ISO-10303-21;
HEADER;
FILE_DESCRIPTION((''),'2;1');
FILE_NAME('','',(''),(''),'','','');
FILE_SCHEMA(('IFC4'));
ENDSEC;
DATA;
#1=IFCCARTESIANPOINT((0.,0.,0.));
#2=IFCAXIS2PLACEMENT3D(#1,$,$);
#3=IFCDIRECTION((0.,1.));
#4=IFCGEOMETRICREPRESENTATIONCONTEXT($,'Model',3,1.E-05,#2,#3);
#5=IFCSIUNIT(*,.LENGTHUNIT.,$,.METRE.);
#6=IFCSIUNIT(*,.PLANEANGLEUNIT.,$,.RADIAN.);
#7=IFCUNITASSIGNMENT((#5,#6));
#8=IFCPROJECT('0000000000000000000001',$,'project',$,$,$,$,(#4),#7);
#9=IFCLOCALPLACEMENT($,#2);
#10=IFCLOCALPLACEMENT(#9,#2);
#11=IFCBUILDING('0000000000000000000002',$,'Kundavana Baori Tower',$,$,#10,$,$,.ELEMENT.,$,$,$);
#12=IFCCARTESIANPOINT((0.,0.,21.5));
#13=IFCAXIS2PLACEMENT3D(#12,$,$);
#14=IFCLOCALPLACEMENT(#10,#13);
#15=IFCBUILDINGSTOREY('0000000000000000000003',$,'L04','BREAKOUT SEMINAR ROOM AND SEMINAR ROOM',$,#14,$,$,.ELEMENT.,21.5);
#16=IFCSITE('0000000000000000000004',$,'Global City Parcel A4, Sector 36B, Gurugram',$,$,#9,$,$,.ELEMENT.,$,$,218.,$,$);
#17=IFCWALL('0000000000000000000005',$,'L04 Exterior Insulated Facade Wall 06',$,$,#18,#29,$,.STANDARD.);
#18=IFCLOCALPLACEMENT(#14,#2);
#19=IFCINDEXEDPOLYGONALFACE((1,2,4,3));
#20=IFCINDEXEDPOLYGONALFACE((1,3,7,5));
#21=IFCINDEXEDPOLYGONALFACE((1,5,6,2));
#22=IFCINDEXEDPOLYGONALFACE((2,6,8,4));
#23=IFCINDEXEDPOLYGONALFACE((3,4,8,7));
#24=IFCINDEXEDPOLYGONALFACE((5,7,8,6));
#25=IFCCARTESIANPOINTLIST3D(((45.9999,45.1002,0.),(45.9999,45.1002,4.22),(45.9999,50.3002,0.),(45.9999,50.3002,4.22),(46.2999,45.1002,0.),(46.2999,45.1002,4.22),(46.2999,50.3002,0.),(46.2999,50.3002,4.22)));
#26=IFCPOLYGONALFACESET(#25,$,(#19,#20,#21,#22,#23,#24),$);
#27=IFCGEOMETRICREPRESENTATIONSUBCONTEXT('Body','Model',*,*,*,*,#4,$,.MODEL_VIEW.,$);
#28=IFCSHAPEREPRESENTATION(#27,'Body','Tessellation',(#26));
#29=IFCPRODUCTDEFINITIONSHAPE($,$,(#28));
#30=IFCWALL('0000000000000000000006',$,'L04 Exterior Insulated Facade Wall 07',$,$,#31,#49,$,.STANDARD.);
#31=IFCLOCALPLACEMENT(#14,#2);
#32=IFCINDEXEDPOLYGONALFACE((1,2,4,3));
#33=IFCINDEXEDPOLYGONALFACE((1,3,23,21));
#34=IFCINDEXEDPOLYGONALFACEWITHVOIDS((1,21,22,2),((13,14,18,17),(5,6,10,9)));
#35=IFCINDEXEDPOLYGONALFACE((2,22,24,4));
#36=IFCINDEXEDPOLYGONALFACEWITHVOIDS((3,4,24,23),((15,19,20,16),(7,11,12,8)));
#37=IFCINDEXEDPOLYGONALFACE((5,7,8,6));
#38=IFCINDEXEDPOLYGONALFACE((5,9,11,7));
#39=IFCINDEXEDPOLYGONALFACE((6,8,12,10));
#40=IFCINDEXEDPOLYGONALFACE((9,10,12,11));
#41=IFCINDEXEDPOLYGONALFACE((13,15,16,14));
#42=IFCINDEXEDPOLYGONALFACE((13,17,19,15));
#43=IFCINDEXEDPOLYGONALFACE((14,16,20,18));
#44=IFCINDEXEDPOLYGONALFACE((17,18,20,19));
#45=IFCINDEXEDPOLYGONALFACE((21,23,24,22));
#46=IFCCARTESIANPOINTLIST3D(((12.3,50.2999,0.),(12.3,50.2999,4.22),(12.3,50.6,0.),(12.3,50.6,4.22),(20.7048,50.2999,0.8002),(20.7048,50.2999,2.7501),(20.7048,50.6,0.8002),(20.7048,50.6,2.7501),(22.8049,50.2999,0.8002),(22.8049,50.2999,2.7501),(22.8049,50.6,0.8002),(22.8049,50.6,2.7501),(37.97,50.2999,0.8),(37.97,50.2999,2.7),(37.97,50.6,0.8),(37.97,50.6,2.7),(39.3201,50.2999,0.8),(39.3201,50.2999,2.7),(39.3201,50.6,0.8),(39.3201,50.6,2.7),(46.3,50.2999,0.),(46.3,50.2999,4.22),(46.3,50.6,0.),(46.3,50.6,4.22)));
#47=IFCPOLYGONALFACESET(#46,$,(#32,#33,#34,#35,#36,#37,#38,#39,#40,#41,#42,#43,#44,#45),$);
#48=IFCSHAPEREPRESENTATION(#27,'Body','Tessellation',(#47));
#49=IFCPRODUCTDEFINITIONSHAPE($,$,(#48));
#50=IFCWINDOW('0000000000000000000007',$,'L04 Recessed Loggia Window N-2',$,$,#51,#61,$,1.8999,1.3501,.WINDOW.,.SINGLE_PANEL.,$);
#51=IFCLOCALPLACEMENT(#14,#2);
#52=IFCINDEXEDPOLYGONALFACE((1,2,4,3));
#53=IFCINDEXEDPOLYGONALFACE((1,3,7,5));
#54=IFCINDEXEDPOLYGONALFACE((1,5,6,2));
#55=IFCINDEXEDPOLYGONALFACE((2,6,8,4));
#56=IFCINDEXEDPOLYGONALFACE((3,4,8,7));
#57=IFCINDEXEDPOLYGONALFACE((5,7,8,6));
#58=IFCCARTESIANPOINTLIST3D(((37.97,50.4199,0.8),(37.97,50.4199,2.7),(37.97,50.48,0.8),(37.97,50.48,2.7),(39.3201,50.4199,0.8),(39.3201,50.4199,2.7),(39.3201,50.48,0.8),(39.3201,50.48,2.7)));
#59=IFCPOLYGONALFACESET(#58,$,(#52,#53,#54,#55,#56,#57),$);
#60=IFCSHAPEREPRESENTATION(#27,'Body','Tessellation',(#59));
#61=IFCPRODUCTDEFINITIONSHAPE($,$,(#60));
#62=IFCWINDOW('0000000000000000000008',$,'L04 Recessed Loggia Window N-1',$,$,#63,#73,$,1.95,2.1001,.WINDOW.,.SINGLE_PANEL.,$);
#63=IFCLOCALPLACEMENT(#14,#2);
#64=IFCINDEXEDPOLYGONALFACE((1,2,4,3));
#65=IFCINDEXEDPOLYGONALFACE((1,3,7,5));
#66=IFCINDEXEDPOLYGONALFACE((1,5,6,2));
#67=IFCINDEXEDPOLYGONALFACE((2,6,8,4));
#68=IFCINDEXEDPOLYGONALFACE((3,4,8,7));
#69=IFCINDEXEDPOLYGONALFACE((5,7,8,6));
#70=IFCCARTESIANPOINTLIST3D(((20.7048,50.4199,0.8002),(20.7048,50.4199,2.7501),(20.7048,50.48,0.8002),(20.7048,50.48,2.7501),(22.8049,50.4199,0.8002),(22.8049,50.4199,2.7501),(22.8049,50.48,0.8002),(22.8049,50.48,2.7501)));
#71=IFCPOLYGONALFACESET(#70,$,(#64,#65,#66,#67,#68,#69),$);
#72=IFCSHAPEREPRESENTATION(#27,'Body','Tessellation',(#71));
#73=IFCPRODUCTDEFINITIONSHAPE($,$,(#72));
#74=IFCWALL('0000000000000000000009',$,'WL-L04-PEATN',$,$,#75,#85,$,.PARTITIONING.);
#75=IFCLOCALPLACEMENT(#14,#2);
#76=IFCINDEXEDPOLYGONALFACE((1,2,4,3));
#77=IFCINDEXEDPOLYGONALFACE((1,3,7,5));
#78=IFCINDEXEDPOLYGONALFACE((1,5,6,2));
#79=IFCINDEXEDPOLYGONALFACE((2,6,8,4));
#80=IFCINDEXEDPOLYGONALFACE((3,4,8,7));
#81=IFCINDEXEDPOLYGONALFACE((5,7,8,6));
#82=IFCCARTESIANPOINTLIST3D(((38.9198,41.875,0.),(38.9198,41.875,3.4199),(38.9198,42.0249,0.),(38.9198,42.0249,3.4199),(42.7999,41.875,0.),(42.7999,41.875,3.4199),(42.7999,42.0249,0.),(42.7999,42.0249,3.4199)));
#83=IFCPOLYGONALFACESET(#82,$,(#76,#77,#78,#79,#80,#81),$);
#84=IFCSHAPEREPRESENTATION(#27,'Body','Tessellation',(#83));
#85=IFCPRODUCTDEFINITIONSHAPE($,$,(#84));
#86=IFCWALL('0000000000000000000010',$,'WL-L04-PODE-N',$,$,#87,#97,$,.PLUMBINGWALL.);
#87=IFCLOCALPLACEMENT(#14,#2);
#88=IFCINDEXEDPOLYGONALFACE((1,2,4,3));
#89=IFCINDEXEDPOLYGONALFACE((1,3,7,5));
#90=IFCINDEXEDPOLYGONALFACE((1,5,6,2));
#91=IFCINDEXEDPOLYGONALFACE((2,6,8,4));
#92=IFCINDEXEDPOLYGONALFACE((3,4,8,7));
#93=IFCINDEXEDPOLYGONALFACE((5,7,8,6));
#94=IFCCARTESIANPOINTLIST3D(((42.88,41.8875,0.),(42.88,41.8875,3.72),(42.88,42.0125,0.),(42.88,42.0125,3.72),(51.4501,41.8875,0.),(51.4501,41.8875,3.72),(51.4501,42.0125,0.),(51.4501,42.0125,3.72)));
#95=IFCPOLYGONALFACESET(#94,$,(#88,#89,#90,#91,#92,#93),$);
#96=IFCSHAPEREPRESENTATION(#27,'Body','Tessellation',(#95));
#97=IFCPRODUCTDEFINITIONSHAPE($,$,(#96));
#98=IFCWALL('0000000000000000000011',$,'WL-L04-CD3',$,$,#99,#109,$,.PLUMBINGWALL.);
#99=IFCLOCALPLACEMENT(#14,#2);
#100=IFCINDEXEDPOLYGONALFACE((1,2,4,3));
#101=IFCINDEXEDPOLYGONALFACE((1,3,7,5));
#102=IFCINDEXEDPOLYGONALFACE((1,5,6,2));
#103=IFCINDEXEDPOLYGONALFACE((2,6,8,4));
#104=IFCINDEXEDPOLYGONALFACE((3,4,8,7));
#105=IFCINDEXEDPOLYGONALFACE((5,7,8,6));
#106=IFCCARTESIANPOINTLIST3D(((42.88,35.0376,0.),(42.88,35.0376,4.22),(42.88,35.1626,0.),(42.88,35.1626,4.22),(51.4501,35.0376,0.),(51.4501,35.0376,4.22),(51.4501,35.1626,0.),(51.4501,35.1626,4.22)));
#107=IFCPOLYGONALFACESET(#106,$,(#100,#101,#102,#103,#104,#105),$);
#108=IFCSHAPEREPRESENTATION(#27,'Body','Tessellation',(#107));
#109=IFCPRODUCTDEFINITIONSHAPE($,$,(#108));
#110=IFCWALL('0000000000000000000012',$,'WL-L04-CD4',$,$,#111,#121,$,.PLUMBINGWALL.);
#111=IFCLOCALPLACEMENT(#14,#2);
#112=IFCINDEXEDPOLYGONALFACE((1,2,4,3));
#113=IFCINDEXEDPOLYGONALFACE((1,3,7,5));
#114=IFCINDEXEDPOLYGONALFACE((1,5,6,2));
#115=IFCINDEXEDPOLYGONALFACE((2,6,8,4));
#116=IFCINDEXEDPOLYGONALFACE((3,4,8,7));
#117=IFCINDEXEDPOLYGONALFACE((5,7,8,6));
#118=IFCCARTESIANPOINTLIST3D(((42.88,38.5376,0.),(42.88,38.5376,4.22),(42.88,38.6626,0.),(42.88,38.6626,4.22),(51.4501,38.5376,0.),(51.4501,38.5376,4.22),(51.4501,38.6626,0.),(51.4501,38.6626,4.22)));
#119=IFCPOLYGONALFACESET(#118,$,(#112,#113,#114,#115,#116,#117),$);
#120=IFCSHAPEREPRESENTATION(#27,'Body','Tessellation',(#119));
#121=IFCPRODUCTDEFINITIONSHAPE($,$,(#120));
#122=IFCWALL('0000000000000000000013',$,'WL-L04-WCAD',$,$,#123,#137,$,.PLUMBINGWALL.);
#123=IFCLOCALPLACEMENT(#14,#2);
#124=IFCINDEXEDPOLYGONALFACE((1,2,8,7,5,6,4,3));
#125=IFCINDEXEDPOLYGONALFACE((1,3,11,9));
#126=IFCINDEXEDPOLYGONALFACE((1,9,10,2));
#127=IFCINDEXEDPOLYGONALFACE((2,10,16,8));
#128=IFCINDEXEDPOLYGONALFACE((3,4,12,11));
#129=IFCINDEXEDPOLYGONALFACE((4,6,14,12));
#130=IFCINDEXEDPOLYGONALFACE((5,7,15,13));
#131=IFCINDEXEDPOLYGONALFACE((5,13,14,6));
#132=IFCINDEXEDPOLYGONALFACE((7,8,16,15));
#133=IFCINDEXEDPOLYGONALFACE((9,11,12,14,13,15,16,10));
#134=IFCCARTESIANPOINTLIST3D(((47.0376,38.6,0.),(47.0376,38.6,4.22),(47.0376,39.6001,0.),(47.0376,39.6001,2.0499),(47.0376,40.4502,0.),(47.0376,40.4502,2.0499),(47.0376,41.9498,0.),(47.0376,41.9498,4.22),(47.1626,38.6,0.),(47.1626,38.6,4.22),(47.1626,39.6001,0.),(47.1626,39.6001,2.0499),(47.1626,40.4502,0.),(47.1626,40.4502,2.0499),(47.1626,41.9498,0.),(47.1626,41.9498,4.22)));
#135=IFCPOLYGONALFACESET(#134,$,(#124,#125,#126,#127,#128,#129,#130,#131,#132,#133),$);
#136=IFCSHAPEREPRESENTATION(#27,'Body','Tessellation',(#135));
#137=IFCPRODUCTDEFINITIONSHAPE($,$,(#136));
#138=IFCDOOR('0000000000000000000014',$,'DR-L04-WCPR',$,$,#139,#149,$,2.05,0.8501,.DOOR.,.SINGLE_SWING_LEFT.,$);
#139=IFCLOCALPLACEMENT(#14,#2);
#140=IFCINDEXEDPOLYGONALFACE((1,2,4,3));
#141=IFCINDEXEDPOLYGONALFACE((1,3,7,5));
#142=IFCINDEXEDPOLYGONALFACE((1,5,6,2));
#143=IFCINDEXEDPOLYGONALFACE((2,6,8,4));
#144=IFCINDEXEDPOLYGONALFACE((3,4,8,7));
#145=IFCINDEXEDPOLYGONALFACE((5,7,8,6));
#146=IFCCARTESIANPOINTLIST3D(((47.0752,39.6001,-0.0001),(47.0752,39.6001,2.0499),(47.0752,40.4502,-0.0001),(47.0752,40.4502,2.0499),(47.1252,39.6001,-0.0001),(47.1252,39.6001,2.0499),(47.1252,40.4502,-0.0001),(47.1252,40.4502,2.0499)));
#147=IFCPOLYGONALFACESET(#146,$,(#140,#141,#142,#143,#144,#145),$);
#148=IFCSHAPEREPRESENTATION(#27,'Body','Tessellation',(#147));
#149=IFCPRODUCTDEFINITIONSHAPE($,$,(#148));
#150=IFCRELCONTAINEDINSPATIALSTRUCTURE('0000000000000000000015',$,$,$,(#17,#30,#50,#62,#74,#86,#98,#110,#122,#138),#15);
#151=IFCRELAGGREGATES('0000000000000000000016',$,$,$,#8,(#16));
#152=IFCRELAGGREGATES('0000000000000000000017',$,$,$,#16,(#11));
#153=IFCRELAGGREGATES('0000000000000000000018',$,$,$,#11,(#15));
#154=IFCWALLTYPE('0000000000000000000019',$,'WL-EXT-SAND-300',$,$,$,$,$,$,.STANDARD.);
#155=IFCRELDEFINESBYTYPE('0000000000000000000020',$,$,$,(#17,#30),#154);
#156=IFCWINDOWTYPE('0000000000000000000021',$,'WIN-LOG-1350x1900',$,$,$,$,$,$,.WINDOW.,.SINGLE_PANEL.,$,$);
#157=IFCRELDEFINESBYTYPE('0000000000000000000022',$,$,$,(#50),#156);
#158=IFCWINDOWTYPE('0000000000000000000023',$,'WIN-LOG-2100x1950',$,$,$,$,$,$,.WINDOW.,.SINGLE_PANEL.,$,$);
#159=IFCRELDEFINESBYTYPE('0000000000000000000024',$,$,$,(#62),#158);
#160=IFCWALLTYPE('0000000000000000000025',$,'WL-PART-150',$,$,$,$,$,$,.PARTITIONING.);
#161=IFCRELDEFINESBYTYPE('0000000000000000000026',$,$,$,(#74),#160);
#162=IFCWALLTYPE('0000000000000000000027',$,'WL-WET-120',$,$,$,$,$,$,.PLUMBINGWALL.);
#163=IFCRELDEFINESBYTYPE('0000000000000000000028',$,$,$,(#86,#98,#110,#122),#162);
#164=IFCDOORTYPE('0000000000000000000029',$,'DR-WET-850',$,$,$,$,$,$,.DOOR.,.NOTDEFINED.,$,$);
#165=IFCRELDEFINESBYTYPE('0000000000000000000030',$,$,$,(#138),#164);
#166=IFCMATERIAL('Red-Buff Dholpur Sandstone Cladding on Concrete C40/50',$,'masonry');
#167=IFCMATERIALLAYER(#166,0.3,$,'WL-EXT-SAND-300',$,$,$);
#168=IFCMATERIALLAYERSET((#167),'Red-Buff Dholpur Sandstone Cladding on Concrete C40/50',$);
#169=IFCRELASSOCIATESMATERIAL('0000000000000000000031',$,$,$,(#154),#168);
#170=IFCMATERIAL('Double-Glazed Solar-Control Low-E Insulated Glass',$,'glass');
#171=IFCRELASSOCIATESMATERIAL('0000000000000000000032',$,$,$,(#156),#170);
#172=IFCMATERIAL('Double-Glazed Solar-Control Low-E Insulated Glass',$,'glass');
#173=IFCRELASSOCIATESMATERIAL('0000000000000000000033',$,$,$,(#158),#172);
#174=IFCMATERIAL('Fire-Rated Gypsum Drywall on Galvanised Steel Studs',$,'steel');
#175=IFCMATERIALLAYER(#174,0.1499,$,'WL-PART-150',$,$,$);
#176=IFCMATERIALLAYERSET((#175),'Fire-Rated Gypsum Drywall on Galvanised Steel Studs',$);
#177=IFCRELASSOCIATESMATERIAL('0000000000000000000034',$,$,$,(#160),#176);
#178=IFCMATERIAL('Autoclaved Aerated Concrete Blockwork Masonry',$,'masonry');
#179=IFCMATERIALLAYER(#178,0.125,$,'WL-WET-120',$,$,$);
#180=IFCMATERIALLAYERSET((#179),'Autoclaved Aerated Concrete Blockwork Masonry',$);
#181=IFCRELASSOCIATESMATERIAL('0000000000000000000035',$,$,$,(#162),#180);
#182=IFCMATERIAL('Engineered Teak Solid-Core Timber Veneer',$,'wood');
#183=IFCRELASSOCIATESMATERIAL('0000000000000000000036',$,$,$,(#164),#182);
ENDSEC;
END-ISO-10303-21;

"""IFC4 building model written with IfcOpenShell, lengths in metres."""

from ifc_helpers import new_model, si_unit, direction, frame, frame_2d, origin, place, context, subcontext, project, spatial, rectangle, extrude, material, layer, layer_set, type_object, element, fill, save


model = new_model("IFC4")

# Units and contexts
model_context = context("Model", 3, precision=1e-05, world=origin(), true_north=direction((0.0, 1.0)))
body_context = subcontext(model_context, "Body", "Model", "MODEL_VIEW")
ifc_project = project(units=[si_unit("LENGTHUNIT", "METRE"), si_unit("PLANEANGLEUNIT", "RADIAN")], contexts=[model_context])

# Site, building, storey
site_placement = place(None, origin())
site = spatial("IfcSite", under=ifc_project, at=site_placement, Name="Global City Parcel A4, Sector 36B, Gurugram", CompositionType="ELEMENT", RefElevation=218.0)
building_placement = place(site_placement, origin())
building = spatial("IfcBuilding", under=site, at=building_placement, Name="Kundavana Baori Tower", CompositionType="ELEMENT")
storey_placement = place(building_placement, frame((0.0, 0.0, 21.5)))
storey = spatial("IfcBuildingStorey", under=building, at=storey_placement, Name="L04", Description="BREAKOUT SEMINAR ROOM AND SEMINAR ROOM", CompositionType="ELEMENT", Elevation=21.5)

# Wall
ifc_material_1 = material(Name="Red-Buff Dholpur Sandstone Cladding on Concrete C40/50", Category="masonry")
ifc_layer_1 = layer(ifc_material_1, 0.3, Name="WL-EXT-SAND-300")
ifc_layer_set_1 = layer_set([ifc_layer_1], Name="Red-Buff Dholpur Sandstone Cladding on Concrete C40/50")
wall_type_1 = type_object("IfcWallType", Name="WL-EXT-SAND-300", PredefinedType="STANDARD", material=ifc_layer_set_1)
wall_1_placement = place(storey_placement, frame((46.1499, 45.1001, 0.0), z_axis=(0.0, 0.0, 1.0), x_axis=(0.0, 1.0, 0.0)))
element("IfcWall", 1, at=wall_1_placement, inside=storey, type_object=wall_type_1, Name="L04 Exterior Insulated Facade Wall 06", PredefinedType="STANDARD", context=body_context, shape_type="SweptSolid", body=[
    extrude(rectangle(XDim=5.2, YDim=0.3, at=frame_2d((2.6001, 0.0))), origin(), (0.0, 0.0, 1.0), 4.22),
])

# Wall, openings, windows
wall_2_placement = place(storey_placement, frame((46.3, 50.45, 0.0), z_axis=(0.0, 0.0, 1.0), x_axis=(-1.0, 0.0, 0.0)))
wall_2 = element("IfcWall", 2, at=wall_2_placement, inside=storey, type_object=wall_type_1, Name="L04 Exterior Insulated Facade Wall 07", PredefinedType="STANDARD", context=body_context, shape_type="SweptSolid", body=[
    extrude(rectangle(XDim=34.0, YDim=0.3, at=frame_2d((17.0, 0.0))), origin(), (0.0, 0.0, 1.0), 4.22),
])
opening_1_placement = place(wall_2_placement, frame((23.4951, 0.0, 0.8)))
opening_1 = element("IfcOpeningElement", 3, at=opening_1_placement, cuts=wall_2, PredefinedType="OPENING", context=body_context, shape_type="SweptSolid", body=[
    extrude(rectangle(XDim=2.1001, YDim=1.95, at=frame_2d((1.05, 0.9751))), frame((0.0, 0.1602, 0.0), z_axis=(0.0, -1.0, 0.0), x_axis=(1.0, 0.0, 0.0)), (0.0, 0.0, 1.0), 0.3201),
])
opening_2_placement = place(wall_2_placement, frame((6.98, 0.0, 0.8)))
opening_2 = element("IfcOpeningElement", 4, at=opening_2_placement, cuts=wall_2, PredefinedType="OPENING", context=body_context, shape_type="SweptSolid", body=[
    extrude(rectangle(XDim=1.3501, YDim=1.8999, at=frame_2d((0.675, 0.95))), frame((0.0, 0.1602, 0.0), z_axis=(0.0, -1.0, 0.0), x_axis=(1.0, 0.0, 0.0)), (0.0, 0.0, 1.0), 0.3201),
])
ifc_material_2 = material(Name="Double-Glazed Solar-Control Low-E Insulated Glass", Category="glass")
window_type_1 = type_object("IfcWindowType", Name="WIN-LOG-1350x1900", PartitioningType="SINGLE_PANEL", PredefinedType="WINDOW", material=ifc_material_2)
window_1_placement = place(opening_2_placement, origin())
window_1 = element("IfcWindow", 5, at=window_1_placement, inside=storey, type_object=window_type_1, Name="L04 Recessed Loggia Window N-2", OverallHeight=1.8999, OverallWidth=1.3501, PartitioningType="SINGLE_PANEL", PredefinedType="WINDOW", context=body_context, shape_type="SweptSolid", body=[
    extrude(rectangle(XDim=1.3501, YDim=1.8999, at=frame_2d((0.675, 0.95))), frame((0.0, 0.03, 0.0), z_axis=(0.0, -1.0, 0.0), x_axis=(1.0, 0.0, 0.0)), (0.0, 0.0, 1.0), 0.0601),
])
fill(opening_2, window_1)
ifc_material_3 = material(Name="Double-Glazed Solar-Control Low-E Insulated Glass", Category="glass")
window_type_2 = type_object("IfcWindowType", Name="WIN-LOG-2100x1950", PartitioningType="SINGLE_PANEL", PredefinedType="WINDOW", material=ifc_material_3)
window_2_placement = place(opening_1_placement, origin())
window_2 = element("IfcWindow", 6, at=window_2_placement, inside=storey, type_object=window_type_2, Name="L04 Recessed Loggia Window N-1", OverallHeight=1.95, OverallWidth=2.1001, PartitioningType="SINGLE_PANEL", PredefinedType="WINDOW", context=body_context, shape_type="SweptSolid", body=[
    extrude(rectangle(XDim=2.1001, YDim=1.95, at=frame_2d((1.05, 0.9751))), frame((0.0, 0.03, 0.0), z_axis=(0.0, -1.0, 0.0), x_axis=(1.0, 0.0, 0.0)), (0.0, 0.0, 1.0), 0.0601),
])
fill(opening_1, window_2)

# Walls
ifc_material_4 = material(Name="Fire-Rated Gypsum Drywall on Galvanised Steel Studs", Category="steel")
ifc_layer_2 = layer(ifc_material_4, 0.1499, Name="WL-PART-150")
ifc_layer_set_2 = layer_set([ifc_layer_2], Name="Fire-Rated Gypsum Drywall on Galvanised Steel Studs")
wall_type_2 = type_object("IfcWallType", Name="WL-PART-150", PredefinedType="PARTITIONING", material=ifc_layer_set_2)
wall_3_placement = place(storey_placement, frame((38.9199, 41.95, 0.0), z_axis=(0.0, 0.0, 1.0), x_axis=(1.0, 0.0, 0.0)))
element("IfcWall", 7, at=wall_3_placement, inside=storey, type_object=wall_type_2, Name="WL-L04-PEATN", PredefinedType="PARTITIONING", context=body_context, shape_type="SweptSolid", body=[
    extrude(rectangle(XDim=3.8801, YDim=0.1499, at=frame_2d((1.9399, 0.0))), origin(), (0.0, 0.0, 1.0), 3.4199),
])
ifc_material_5 = material(Name="Autoclaved Aerated Concrete Blockwork Masonry", Category="masonry")
ifc_layer_3 = layer(ifc_material_5, 0.125, Name="WL-WET-120")
ifc_layer_set_3 = layer_set([ifc_layer_3], Name="Autoclaved Aerated Concrete Blockwork Masonry")
wall_type_3 = type_object("IfcWallType", Name="WL-WET-120", PredefinedType="PLUMBINGWALL", material=ifc_layer_set_3)
wall_4_placement = place(storey_placement, frame((42.8799, 41.95, 0.0), z_axis=(0.0, 0.0, 1.0), x_axis=(1.0, 0.0, 0.0)))
element("IfcWall", 8, at=wall_4_placement, inside=storey, type_object=wall_type_3, Name="WL-L04-PODE-N", PredefinedType="PLUMBINGWALL", context=body_context, shape_type="SweptSolid", body=[
    extrude(rectangle(XDim=8.5701, YDim=0.125, at=frame_2d((4.2852, 0.0))), origin(), (0.0, 0.0, 1.0), 3.72),
])
for number, where, z_axis, x_axis, name in (
    (9, (42.8799, 35.1001, 0.0), (0.0, 0.0, 1.0), (1.0, 0.0, 0.0), "WL-L04-CD3"),
    (10, (42.8799, 38.6001, 0.0), (0.0, 0.0, 1.0), (1.0, 0.0, 0.0), "WL-L04-CD4"),
):
    element("IfcWall", number, at=place(storey_placement, frame(where, z_axis=z_axis, x_axis=x_axis)), inside=storey, type_object=wall_type_3, Name=name, PredefinedType="PLUMBINGWALL", context=body_context, shape_type="SweptSolid", body=[
        extrude(rectangle(XDim=8.5701, YDim=0.125, at=frame_2d((4.2852, 0.0))), origin(), (0.0, 0.0, 1.0), 4.22),
    ])

# Wall, opening, door
wall_5_placement = place(storey_placement, frame((47.1001, 38.6001, 0.0), z_axis=(0.0, 0.0, 1.0), x_axis=(0.0, 1.0, 0.0)))
wall_5 = element("IfcWall", 11, at=wall_5_placement, inside=storey, type_object=wall_type_3, Name="WL-L04-WCAD", PredefinedType="PLUMBINGWALL", context=body_context, shape_type="SweptSolid", body=[
    extrude(rectangle(XDim=3.3499, YDim=0.125, at=frame_2d((1.6748, 0.0))), origin(), (0.0, 0.0, 1.0), 4.22),
])
opening_3_placement = place(wall_5_placement, frame((1.0, 0.0, 0.0)))
opening_3 = element("IfcOpeningElement", 12, at=opening_3_placement, cuts=wall_5, PredefinedType="OPENING", context=body_context, shape_type="SweptSolid", body=[
    extrude(rectangle(XDim=0.8501, YDim=2.05, at=frame_2d((0.425, 1.0249))), frame((0.0, 0.0725, 0.0), z_axis=(0.0, -1.0, 0.0), x_axis=(1.0, 0.0, 0.0)), (0.0, 0.0, 1.0), 0.145),
])
ifc_material_6 = material(Name="Engineered Teak Solid-Core Timber Veneer", Category="wood")
door_type = type_object("IfcDoorType", Name="DR-WET-850", OperationType="NOTDEFINED", PredefinedType="DOOR", material=ifc_material_6)
door_placement = place(opening_3_placement, origin())
door = element("IfcDoor", 13, at=door_placement, inside=storey, type_object=door_type, Name="DR-L04-WCPR", OperationType="SINGLE_SWING_LEFT", OverallHeight=2.05, OverallWidth=0.8501, PredefinedType="DOOR", context=body_context, shape_type="SweptSolid", body=[
    extrude(rectangle(XDim=0.8501, YDim=2.05, at=frame_2d((0.425, 1.0249))), frame((0.0, 0.0249, 0.0), z_axis=(0.0, -1.0, 0.0), x_axis=(1.0, 0.0, 0.0)), (0.0, 0.0, 1.0), 0.05),
])
fill(opening_3, door)

save(model, "model.ifc")
